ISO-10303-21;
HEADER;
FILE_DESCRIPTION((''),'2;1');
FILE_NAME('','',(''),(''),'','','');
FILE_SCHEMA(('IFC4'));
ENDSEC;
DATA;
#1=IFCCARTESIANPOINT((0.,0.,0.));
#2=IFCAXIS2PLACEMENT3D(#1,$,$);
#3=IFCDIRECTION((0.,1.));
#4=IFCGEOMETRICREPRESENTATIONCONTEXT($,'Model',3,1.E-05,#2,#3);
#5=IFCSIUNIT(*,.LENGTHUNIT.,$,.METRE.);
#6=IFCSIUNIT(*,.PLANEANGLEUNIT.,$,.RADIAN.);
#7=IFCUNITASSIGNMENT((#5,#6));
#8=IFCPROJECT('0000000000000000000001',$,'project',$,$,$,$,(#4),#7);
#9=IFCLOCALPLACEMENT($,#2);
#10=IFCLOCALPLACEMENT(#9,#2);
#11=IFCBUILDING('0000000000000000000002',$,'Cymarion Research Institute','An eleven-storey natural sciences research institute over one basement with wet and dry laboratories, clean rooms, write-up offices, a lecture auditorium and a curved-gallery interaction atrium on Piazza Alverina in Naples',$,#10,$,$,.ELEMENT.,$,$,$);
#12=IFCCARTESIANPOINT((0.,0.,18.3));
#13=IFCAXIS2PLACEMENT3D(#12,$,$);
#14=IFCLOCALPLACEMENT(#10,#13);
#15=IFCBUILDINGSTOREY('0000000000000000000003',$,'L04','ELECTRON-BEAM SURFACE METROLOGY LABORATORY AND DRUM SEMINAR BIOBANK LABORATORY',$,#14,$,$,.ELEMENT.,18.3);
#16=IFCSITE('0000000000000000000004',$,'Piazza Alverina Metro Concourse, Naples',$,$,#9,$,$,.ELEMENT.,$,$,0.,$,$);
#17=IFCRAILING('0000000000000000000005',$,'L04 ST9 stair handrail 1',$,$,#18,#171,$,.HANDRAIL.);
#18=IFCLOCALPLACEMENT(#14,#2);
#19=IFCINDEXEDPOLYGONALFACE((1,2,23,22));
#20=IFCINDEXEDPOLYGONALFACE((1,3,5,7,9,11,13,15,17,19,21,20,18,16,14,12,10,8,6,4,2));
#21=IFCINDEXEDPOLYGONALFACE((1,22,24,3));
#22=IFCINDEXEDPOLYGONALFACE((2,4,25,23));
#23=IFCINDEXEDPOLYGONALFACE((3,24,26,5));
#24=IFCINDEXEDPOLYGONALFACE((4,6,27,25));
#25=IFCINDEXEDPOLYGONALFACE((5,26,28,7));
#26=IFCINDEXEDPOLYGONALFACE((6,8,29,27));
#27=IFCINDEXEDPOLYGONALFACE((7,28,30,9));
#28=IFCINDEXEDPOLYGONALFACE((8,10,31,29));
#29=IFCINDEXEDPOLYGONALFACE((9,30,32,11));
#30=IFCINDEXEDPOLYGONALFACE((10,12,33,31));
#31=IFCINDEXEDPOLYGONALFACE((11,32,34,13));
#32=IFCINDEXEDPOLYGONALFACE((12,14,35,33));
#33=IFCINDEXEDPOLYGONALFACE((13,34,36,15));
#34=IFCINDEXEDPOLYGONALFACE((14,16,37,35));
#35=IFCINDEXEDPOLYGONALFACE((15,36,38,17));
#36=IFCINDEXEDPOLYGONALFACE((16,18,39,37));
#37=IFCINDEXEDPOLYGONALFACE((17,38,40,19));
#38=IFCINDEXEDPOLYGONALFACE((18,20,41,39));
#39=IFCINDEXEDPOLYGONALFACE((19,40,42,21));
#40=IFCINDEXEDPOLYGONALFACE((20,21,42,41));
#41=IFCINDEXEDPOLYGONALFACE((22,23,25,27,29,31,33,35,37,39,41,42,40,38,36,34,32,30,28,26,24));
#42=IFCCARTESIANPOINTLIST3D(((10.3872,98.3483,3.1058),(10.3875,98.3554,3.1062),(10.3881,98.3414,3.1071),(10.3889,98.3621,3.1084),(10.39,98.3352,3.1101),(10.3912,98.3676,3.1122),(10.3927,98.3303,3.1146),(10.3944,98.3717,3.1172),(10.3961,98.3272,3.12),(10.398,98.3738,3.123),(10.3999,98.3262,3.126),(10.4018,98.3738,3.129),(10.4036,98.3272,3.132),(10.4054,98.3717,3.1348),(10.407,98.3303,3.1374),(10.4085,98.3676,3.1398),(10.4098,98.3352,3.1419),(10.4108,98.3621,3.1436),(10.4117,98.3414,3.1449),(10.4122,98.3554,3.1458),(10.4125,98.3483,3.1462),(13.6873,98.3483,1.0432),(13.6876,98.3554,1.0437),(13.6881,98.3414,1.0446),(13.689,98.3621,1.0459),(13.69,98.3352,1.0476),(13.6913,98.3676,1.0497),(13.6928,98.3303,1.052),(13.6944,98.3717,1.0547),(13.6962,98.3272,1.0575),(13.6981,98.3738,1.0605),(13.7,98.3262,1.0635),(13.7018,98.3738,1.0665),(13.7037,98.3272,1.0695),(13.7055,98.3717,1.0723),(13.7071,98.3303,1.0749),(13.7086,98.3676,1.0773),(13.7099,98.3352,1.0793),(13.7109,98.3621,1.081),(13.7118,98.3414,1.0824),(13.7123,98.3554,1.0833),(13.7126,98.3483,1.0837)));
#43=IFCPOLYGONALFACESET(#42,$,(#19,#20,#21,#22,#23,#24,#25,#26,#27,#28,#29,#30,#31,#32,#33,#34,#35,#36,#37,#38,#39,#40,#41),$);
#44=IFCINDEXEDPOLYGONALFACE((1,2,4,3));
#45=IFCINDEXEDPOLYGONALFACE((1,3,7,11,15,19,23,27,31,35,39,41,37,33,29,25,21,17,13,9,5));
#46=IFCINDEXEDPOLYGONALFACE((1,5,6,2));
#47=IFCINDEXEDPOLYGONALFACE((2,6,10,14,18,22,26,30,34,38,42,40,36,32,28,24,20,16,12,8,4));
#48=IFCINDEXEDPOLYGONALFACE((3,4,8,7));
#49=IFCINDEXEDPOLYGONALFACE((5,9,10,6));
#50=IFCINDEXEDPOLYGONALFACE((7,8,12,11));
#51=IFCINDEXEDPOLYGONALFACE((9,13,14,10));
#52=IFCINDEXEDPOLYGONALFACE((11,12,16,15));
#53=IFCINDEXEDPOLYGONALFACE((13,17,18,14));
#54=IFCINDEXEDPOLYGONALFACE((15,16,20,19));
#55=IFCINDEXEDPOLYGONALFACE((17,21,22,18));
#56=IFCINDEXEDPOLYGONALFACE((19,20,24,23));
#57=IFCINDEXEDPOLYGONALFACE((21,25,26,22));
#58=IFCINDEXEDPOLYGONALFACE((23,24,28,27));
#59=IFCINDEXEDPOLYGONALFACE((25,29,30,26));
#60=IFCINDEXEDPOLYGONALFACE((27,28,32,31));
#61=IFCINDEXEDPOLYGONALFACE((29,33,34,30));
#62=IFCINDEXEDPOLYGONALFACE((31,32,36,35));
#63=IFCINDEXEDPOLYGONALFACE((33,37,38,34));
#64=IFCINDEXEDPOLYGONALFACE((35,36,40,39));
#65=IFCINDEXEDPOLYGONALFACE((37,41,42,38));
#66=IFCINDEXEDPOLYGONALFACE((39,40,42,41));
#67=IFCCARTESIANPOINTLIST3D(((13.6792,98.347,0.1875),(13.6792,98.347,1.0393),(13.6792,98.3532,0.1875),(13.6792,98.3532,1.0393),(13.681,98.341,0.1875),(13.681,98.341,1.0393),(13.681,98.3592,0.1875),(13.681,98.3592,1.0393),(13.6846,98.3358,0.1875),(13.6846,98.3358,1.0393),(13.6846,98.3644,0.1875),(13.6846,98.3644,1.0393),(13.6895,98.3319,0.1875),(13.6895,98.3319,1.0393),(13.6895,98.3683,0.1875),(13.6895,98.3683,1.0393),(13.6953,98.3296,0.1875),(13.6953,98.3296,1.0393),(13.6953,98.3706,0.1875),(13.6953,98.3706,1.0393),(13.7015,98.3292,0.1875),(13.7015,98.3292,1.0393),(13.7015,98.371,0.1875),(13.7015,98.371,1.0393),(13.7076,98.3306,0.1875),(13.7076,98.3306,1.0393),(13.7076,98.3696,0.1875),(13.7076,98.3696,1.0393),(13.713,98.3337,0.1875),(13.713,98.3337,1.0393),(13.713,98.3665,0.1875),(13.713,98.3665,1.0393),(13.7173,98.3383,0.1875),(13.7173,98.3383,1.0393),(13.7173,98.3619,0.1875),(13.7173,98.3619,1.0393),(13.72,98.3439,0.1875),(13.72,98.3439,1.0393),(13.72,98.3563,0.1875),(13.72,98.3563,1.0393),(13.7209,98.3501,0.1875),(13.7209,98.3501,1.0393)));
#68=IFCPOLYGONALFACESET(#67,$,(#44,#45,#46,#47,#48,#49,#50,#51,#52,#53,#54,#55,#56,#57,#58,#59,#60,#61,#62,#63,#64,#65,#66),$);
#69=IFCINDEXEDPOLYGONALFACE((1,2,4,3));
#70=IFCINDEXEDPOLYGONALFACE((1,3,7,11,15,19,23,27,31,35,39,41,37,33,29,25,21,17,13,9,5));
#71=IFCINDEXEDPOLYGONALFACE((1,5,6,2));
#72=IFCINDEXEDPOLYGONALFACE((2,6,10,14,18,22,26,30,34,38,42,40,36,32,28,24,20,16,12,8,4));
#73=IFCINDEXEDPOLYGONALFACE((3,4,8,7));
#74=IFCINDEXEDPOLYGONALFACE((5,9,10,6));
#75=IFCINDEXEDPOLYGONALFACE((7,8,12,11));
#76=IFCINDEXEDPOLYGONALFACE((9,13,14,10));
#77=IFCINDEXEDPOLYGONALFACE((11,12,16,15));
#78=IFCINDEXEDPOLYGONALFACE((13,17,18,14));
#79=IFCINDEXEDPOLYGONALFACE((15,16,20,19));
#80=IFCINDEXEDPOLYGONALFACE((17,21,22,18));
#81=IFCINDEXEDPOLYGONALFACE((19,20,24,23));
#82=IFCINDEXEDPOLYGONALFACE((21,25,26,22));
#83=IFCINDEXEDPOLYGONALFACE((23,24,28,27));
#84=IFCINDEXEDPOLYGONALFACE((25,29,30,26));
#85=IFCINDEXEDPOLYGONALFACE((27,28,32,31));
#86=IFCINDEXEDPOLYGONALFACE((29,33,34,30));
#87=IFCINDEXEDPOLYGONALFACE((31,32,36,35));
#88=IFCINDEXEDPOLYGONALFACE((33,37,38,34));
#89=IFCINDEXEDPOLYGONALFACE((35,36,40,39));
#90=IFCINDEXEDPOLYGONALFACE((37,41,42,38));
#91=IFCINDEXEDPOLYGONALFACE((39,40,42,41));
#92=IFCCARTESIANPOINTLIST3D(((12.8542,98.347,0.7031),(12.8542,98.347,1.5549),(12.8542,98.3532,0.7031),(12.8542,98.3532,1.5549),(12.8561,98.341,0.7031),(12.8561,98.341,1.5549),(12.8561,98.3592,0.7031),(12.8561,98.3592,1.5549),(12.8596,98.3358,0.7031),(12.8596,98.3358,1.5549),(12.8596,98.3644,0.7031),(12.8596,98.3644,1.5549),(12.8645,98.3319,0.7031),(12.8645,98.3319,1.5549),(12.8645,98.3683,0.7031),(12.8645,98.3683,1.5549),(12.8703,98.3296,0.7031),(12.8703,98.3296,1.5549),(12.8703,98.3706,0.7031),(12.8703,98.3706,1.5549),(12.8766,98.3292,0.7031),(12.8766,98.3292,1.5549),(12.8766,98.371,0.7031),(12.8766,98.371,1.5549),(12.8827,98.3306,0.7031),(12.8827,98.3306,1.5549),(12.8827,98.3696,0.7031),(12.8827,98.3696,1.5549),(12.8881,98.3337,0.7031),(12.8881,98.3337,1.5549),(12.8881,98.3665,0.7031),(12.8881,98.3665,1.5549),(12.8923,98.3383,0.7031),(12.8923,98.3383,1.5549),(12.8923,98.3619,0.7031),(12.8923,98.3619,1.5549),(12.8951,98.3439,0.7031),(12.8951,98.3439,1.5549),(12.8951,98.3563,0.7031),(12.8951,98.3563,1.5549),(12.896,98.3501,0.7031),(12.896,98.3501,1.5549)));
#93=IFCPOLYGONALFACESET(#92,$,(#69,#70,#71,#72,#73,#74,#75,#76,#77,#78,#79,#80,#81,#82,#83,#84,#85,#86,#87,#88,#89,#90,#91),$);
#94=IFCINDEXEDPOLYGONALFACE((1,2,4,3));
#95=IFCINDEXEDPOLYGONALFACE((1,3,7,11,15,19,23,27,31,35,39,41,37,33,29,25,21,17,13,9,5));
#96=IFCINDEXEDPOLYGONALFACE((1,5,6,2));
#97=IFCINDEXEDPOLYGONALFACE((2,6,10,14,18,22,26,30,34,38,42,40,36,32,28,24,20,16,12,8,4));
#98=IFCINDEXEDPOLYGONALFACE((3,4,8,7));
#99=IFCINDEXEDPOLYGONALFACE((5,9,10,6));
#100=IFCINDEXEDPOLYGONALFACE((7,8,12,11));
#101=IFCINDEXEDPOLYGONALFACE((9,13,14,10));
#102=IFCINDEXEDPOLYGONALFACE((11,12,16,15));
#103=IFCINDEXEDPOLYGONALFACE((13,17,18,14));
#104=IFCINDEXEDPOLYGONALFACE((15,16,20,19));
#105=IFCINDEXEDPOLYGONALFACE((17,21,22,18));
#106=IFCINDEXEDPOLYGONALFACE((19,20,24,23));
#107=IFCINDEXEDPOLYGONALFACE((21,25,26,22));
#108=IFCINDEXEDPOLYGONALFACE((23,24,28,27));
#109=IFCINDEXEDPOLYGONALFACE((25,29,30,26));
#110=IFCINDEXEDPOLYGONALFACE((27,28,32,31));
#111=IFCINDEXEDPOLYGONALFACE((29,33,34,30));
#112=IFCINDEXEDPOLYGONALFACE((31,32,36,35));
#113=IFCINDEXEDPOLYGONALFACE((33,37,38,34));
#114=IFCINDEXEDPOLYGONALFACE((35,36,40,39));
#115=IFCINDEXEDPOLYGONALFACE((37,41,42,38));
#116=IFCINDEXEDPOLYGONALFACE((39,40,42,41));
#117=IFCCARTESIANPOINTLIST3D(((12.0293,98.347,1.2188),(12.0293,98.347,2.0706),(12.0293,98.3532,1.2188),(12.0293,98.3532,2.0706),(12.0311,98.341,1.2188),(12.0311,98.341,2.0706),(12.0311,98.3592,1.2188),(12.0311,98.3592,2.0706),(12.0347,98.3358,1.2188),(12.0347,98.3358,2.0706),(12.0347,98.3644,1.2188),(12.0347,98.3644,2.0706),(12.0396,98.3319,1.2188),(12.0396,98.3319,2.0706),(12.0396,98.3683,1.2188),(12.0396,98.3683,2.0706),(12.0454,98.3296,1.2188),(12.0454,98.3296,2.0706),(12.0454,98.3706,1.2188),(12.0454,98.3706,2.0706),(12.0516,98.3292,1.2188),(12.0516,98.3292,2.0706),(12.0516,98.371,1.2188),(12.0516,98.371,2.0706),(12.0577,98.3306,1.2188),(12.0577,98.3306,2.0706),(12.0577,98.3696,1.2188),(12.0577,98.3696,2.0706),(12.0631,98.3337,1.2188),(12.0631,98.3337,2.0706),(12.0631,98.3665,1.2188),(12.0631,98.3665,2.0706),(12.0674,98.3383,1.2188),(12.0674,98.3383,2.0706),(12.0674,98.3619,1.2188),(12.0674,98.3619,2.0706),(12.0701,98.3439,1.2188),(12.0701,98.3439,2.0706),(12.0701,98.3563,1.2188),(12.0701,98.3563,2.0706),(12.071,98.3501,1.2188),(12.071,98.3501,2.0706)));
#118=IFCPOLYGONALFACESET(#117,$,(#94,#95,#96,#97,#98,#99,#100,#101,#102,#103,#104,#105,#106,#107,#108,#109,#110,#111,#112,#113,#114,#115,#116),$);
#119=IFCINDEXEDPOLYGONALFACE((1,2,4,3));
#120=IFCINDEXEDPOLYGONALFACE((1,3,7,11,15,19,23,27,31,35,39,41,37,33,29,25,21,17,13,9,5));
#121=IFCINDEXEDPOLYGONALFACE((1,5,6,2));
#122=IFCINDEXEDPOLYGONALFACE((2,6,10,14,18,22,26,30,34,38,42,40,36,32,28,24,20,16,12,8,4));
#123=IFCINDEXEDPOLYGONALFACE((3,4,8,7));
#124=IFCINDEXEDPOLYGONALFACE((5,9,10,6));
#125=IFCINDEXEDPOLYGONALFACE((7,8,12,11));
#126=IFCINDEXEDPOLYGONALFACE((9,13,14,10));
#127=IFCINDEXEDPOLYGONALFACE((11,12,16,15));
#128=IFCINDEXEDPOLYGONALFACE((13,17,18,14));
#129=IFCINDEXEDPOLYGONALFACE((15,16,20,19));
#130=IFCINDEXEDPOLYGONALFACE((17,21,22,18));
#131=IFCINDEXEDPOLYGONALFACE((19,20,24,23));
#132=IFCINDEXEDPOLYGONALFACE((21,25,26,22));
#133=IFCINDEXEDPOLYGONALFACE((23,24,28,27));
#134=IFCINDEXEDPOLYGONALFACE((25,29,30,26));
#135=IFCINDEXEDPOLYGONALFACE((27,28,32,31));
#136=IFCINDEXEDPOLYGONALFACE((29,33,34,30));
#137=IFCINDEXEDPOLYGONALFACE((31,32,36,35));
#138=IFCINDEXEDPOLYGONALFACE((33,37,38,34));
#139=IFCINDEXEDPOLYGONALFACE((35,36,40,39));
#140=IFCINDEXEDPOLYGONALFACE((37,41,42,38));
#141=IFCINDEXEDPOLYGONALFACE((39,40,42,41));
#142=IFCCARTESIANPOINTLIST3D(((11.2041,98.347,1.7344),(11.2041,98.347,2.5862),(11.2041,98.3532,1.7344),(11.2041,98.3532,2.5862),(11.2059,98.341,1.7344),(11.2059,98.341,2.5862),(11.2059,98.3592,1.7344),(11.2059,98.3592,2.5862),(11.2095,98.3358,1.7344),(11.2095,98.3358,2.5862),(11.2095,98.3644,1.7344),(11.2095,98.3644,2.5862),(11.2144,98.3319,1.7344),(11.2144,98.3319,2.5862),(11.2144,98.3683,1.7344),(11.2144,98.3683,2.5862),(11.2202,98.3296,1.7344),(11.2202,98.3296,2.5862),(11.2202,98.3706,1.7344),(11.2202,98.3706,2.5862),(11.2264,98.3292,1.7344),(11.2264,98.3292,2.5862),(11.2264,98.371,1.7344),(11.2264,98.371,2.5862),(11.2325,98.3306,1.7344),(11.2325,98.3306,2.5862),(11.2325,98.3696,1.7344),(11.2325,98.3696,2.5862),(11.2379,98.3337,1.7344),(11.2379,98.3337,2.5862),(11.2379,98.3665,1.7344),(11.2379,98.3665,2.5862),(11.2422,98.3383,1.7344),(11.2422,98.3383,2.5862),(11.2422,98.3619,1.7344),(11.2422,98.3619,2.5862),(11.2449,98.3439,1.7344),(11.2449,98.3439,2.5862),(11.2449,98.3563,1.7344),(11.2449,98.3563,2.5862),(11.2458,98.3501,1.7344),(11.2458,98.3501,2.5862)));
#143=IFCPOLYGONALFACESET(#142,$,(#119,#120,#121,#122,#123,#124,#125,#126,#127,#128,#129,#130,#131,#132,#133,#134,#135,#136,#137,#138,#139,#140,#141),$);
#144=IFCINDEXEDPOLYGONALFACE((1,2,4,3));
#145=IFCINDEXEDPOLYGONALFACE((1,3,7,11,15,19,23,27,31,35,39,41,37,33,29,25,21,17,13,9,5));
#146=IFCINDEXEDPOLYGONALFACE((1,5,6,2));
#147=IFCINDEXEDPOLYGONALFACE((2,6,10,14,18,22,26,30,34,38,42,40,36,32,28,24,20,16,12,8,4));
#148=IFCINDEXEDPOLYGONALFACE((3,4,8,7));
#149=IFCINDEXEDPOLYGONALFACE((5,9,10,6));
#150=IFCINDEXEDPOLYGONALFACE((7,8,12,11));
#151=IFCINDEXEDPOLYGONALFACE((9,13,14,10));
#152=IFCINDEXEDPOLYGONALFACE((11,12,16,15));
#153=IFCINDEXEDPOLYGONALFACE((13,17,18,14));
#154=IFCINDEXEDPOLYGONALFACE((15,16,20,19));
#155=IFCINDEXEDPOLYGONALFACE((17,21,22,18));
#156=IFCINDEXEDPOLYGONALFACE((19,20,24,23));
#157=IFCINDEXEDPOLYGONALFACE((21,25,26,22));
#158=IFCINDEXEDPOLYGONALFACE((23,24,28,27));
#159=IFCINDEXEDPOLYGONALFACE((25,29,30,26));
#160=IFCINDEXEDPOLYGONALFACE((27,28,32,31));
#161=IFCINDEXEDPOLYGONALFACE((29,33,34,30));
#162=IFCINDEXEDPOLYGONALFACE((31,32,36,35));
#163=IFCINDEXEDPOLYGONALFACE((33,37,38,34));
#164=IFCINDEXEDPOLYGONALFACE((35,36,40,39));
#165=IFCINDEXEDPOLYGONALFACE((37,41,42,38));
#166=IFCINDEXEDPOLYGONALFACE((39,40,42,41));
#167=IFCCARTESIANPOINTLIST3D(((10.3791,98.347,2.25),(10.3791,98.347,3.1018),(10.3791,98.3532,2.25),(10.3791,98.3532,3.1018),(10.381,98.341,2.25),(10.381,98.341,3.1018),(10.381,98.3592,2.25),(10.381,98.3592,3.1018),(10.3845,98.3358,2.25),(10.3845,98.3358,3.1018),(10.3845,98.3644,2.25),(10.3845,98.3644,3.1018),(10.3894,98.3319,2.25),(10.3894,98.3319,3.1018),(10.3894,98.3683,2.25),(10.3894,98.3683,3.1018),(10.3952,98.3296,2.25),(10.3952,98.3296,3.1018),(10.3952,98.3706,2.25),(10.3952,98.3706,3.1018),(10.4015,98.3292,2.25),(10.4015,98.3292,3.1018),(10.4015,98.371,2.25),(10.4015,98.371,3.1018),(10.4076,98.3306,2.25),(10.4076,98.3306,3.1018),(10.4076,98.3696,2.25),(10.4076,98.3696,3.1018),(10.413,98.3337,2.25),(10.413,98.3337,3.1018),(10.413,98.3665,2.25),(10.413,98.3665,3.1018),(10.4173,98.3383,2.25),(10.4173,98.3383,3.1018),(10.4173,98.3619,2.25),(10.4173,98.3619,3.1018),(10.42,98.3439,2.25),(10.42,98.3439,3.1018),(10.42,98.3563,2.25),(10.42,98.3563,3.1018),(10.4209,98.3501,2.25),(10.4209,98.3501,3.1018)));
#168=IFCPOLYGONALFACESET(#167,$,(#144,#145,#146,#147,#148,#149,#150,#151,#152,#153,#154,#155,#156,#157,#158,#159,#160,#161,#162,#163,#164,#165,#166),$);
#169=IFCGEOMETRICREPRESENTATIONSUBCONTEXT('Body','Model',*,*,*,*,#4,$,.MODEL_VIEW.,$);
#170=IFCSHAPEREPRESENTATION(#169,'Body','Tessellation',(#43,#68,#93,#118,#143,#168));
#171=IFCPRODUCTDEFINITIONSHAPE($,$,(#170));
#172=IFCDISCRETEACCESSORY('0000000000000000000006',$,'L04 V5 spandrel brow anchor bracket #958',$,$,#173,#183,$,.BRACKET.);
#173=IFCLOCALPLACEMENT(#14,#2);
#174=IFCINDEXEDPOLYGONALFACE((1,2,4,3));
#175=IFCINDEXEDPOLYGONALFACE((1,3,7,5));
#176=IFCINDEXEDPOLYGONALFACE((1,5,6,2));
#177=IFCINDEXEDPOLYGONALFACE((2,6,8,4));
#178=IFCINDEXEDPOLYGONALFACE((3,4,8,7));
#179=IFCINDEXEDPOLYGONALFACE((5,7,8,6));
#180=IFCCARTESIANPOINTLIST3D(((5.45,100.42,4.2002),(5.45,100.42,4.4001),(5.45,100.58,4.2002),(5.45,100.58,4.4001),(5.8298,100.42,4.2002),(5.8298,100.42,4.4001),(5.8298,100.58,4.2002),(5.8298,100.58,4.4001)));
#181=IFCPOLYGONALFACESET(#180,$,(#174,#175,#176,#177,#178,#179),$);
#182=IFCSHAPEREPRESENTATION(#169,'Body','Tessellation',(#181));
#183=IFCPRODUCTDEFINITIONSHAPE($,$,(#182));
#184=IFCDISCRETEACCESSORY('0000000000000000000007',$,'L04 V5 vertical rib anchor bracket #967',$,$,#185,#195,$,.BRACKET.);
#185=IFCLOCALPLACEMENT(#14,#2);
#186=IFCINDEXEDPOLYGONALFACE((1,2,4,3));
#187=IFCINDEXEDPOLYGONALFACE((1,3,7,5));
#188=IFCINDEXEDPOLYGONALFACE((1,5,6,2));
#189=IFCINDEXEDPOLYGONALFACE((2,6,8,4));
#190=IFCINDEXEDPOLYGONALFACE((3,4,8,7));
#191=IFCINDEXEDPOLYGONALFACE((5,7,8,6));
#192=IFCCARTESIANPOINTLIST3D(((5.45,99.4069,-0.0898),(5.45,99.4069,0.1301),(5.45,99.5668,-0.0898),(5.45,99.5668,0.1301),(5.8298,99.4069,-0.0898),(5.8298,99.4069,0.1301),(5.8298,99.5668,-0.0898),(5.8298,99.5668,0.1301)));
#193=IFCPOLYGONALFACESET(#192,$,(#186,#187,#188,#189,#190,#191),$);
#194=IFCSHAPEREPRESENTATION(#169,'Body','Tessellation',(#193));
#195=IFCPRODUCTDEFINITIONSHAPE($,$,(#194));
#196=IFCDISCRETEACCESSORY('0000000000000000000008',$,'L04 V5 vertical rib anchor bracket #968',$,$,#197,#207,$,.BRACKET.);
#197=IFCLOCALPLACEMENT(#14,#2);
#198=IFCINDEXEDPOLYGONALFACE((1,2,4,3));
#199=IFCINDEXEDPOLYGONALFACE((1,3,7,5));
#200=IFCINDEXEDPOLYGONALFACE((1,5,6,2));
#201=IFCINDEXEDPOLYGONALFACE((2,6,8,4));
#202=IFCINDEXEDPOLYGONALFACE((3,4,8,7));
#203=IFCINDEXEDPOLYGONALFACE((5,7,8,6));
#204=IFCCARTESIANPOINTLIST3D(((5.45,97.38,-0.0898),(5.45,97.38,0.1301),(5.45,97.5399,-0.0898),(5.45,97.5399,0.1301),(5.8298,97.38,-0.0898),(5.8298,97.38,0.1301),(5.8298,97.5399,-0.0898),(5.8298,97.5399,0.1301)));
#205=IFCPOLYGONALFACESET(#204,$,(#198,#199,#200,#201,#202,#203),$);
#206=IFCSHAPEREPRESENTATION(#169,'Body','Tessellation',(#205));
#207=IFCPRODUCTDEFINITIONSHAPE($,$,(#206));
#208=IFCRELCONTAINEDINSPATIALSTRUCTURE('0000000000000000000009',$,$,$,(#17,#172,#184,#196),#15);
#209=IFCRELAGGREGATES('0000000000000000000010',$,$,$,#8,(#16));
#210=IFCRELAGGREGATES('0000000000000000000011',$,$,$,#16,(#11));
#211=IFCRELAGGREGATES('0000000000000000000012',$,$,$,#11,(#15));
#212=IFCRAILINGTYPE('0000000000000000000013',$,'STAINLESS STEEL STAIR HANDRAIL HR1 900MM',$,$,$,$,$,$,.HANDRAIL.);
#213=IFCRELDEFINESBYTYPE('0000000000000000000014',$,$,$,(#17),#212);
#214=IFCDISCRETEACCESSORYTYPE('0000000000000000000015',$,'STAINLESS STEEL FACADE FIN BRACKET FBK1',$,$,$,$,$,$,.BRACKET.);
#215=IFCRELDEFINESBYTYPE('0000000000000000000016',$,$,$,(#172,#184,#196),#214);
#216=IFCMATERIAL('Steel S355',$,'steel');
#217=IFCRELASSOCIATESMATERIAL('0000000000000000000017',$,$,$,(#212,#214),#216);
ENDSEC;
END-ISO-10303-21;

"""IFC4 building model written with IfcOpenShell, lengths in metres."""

from ifc_helpers import new_model, si_unit, direction, frame, origin, origin_2d, place, context, subcontext, project, spatial, rectangle, circle, extrude, material, type_object, element, save


model = new_model("IFC4")

# Units and contexts
model_context = context("Model", 3, precision=1e-05, world=origin(), true_north=direction((0.0, 1.0)))
body_context = subcontext(model_context, "Body", "Model", "MODEL_VIEW")
ifc_project = project(units=[si_unit("LENGTHUNIT", "METRE"), si_unit("PLANEANGLEUNIT", "RADIAN")], contexts=[model_context])

# Site, building, storey
site_placement = place(None, origin())
site = spatial("IfcSite", under=ifc_project, at=site_placement, Name="Piazza Alverina Metro Concourse, Naples", CompositionType="ELEMENT", RefElevation=0.0)
building_placement = place(site_placement, origin())
building = spatial("IfcBuilding", under=site, at=building_placement, Name="Cymarion Research Institute", Description="An eleven-storey natural sciences research institute over one basement with wet and dry laboratories, clean rooms, write-up offices, a lecture auditorium and a curved-gallery interaction atrium on Piazza Alverina in Naples", CompositionType="ELEMENT")
storey_placement = place(building_placement, frame((0.0, 0.0, 18.3)))
storey = spatial("IfcBuildingStorey", under=building, at=storey_placement, Name="L04", Description="ELECTRON-BEAM SURFACE METROLOGY LABORATORY AND DRUM SEMINAR BIOBANK LABORATORY", CompositionType="ELEMENT", Elevation=18.3)

# Shared definitions
ifc_material_1 = material(Name="Steel S355", Category="steel")

# Railing
railing_type_1 = type_object("IfcRailingType", Name="STAINLESS STEEL STAIR HANDRAIL HR1 900MM", PredefinedType="HANDRAIL", material=ifc_material_1)
railing_1_placement = place(storey_placement, frame((13.7, 98.3501, 0.1875)))
element("IfcRailing", 1, at=railing_1_placement, inside=storey, type_object=railing_type_1, Name="L04 ST9 stair handrail 1", PredefinedType="HANDRAIL", context=body_context, shape_type="SweptSolid", body=[
    extrude(circle(Radius=0.0239, at=origin_2d()), frame((0.0, 0.0, 0.876), z_axis=(-0.848002, 0.0, 0.529993), x_axis=(0.0, -1.0, 0.0)), (0.0, 0.0, 1.0), 3.8916),
    extrude(circle(Radius=0.021, at=origin_2d()), origin(), (0.0, 0.0, 1.0), 0.8518),
    extrude(circle(Radius=0.021, at=origin_2d()), frame((-0.825, 0.0, 0.5156)), (0.0, 0.0, 1.0), 0.8518),
    extrude(circle(Radius=0.021, at=origin_2d()), frame((-1.6499, 0.0, 1.0312)), (0.0, 0.0, 1.0), 0.8518),
    extrude(circle(Radius=0.021, at=origin_2d()), frame((-2.4751, 0.0, 1.5469)), (0.0, 0.0, 1.0), 0.8518),
    extrude(circle(Radius=0.021, at=origin_2d()), frame((-3.3, 0.0, 2.0625)), (0.0, 0.0, 1.0), 0.8518),
])

# Discrete accessories
discrete_accessory_type = type_object("IfcDiscreteAccessoryType", Name="STAINLESS STEEL FACADE FIN BRACKET FBK1", PredefinedType="BRACKET", material=ifc_material_1)
discrete_accessory_placement = place(storey_placement, frame((5.6399, 100.5, 4.2002), z_axis=(0.0, 0.0, 1.0), x_axis=(-1.0, 0.0, 0.0)))
element("IfcDiscreteAccessory", 2, at=discrete_accessory_placement, inside=storey, type_object=discrete_accessory_type, Name="L04 V5 spandrel brow anchor bracket #958", PredefinedType="BRACKET", context=body_context, shape_type="SweptSolid", body=[
    extrude(rectangle(XDim=0.3799, YDim=0.1599, at=origin_2d()), origin(), (0.0, 0.0, 1.0), 0.2),
])
for number, where, z_axis, x_axis, name in (
    (3, (5.6399, 99.4868, -0.0898), (0.0, 0.0, 1.0), (-1.0, 0.0, 0.0), "L04 V5 vertical rib anchor bracket #967"),
    (4, (5.6399, 97.46, -0.0898), (0.0, 0.0, 1.0), (-1.0, 0.0, 0.0), "L04 V5 vertical rib anchor bracket #968"),
):
    element("IfcDiscreteAccessory", number, at=place(storey_placement, frame(where, z_axis=z_axis, x_axis=x_axis)), inside=storey, type_object=discrete_accessory_type, Name=name, PredefinedType="BRACKET", context=body_context, shape_type="SweptSolid", body=[
        extrude(rectangle(XDim=0.3799, YDim=0.1599, at=origin_2d()), origin(), (0.0, 0.0, 1.0), 0.22),
    ])

save(model, "model.ifc")
